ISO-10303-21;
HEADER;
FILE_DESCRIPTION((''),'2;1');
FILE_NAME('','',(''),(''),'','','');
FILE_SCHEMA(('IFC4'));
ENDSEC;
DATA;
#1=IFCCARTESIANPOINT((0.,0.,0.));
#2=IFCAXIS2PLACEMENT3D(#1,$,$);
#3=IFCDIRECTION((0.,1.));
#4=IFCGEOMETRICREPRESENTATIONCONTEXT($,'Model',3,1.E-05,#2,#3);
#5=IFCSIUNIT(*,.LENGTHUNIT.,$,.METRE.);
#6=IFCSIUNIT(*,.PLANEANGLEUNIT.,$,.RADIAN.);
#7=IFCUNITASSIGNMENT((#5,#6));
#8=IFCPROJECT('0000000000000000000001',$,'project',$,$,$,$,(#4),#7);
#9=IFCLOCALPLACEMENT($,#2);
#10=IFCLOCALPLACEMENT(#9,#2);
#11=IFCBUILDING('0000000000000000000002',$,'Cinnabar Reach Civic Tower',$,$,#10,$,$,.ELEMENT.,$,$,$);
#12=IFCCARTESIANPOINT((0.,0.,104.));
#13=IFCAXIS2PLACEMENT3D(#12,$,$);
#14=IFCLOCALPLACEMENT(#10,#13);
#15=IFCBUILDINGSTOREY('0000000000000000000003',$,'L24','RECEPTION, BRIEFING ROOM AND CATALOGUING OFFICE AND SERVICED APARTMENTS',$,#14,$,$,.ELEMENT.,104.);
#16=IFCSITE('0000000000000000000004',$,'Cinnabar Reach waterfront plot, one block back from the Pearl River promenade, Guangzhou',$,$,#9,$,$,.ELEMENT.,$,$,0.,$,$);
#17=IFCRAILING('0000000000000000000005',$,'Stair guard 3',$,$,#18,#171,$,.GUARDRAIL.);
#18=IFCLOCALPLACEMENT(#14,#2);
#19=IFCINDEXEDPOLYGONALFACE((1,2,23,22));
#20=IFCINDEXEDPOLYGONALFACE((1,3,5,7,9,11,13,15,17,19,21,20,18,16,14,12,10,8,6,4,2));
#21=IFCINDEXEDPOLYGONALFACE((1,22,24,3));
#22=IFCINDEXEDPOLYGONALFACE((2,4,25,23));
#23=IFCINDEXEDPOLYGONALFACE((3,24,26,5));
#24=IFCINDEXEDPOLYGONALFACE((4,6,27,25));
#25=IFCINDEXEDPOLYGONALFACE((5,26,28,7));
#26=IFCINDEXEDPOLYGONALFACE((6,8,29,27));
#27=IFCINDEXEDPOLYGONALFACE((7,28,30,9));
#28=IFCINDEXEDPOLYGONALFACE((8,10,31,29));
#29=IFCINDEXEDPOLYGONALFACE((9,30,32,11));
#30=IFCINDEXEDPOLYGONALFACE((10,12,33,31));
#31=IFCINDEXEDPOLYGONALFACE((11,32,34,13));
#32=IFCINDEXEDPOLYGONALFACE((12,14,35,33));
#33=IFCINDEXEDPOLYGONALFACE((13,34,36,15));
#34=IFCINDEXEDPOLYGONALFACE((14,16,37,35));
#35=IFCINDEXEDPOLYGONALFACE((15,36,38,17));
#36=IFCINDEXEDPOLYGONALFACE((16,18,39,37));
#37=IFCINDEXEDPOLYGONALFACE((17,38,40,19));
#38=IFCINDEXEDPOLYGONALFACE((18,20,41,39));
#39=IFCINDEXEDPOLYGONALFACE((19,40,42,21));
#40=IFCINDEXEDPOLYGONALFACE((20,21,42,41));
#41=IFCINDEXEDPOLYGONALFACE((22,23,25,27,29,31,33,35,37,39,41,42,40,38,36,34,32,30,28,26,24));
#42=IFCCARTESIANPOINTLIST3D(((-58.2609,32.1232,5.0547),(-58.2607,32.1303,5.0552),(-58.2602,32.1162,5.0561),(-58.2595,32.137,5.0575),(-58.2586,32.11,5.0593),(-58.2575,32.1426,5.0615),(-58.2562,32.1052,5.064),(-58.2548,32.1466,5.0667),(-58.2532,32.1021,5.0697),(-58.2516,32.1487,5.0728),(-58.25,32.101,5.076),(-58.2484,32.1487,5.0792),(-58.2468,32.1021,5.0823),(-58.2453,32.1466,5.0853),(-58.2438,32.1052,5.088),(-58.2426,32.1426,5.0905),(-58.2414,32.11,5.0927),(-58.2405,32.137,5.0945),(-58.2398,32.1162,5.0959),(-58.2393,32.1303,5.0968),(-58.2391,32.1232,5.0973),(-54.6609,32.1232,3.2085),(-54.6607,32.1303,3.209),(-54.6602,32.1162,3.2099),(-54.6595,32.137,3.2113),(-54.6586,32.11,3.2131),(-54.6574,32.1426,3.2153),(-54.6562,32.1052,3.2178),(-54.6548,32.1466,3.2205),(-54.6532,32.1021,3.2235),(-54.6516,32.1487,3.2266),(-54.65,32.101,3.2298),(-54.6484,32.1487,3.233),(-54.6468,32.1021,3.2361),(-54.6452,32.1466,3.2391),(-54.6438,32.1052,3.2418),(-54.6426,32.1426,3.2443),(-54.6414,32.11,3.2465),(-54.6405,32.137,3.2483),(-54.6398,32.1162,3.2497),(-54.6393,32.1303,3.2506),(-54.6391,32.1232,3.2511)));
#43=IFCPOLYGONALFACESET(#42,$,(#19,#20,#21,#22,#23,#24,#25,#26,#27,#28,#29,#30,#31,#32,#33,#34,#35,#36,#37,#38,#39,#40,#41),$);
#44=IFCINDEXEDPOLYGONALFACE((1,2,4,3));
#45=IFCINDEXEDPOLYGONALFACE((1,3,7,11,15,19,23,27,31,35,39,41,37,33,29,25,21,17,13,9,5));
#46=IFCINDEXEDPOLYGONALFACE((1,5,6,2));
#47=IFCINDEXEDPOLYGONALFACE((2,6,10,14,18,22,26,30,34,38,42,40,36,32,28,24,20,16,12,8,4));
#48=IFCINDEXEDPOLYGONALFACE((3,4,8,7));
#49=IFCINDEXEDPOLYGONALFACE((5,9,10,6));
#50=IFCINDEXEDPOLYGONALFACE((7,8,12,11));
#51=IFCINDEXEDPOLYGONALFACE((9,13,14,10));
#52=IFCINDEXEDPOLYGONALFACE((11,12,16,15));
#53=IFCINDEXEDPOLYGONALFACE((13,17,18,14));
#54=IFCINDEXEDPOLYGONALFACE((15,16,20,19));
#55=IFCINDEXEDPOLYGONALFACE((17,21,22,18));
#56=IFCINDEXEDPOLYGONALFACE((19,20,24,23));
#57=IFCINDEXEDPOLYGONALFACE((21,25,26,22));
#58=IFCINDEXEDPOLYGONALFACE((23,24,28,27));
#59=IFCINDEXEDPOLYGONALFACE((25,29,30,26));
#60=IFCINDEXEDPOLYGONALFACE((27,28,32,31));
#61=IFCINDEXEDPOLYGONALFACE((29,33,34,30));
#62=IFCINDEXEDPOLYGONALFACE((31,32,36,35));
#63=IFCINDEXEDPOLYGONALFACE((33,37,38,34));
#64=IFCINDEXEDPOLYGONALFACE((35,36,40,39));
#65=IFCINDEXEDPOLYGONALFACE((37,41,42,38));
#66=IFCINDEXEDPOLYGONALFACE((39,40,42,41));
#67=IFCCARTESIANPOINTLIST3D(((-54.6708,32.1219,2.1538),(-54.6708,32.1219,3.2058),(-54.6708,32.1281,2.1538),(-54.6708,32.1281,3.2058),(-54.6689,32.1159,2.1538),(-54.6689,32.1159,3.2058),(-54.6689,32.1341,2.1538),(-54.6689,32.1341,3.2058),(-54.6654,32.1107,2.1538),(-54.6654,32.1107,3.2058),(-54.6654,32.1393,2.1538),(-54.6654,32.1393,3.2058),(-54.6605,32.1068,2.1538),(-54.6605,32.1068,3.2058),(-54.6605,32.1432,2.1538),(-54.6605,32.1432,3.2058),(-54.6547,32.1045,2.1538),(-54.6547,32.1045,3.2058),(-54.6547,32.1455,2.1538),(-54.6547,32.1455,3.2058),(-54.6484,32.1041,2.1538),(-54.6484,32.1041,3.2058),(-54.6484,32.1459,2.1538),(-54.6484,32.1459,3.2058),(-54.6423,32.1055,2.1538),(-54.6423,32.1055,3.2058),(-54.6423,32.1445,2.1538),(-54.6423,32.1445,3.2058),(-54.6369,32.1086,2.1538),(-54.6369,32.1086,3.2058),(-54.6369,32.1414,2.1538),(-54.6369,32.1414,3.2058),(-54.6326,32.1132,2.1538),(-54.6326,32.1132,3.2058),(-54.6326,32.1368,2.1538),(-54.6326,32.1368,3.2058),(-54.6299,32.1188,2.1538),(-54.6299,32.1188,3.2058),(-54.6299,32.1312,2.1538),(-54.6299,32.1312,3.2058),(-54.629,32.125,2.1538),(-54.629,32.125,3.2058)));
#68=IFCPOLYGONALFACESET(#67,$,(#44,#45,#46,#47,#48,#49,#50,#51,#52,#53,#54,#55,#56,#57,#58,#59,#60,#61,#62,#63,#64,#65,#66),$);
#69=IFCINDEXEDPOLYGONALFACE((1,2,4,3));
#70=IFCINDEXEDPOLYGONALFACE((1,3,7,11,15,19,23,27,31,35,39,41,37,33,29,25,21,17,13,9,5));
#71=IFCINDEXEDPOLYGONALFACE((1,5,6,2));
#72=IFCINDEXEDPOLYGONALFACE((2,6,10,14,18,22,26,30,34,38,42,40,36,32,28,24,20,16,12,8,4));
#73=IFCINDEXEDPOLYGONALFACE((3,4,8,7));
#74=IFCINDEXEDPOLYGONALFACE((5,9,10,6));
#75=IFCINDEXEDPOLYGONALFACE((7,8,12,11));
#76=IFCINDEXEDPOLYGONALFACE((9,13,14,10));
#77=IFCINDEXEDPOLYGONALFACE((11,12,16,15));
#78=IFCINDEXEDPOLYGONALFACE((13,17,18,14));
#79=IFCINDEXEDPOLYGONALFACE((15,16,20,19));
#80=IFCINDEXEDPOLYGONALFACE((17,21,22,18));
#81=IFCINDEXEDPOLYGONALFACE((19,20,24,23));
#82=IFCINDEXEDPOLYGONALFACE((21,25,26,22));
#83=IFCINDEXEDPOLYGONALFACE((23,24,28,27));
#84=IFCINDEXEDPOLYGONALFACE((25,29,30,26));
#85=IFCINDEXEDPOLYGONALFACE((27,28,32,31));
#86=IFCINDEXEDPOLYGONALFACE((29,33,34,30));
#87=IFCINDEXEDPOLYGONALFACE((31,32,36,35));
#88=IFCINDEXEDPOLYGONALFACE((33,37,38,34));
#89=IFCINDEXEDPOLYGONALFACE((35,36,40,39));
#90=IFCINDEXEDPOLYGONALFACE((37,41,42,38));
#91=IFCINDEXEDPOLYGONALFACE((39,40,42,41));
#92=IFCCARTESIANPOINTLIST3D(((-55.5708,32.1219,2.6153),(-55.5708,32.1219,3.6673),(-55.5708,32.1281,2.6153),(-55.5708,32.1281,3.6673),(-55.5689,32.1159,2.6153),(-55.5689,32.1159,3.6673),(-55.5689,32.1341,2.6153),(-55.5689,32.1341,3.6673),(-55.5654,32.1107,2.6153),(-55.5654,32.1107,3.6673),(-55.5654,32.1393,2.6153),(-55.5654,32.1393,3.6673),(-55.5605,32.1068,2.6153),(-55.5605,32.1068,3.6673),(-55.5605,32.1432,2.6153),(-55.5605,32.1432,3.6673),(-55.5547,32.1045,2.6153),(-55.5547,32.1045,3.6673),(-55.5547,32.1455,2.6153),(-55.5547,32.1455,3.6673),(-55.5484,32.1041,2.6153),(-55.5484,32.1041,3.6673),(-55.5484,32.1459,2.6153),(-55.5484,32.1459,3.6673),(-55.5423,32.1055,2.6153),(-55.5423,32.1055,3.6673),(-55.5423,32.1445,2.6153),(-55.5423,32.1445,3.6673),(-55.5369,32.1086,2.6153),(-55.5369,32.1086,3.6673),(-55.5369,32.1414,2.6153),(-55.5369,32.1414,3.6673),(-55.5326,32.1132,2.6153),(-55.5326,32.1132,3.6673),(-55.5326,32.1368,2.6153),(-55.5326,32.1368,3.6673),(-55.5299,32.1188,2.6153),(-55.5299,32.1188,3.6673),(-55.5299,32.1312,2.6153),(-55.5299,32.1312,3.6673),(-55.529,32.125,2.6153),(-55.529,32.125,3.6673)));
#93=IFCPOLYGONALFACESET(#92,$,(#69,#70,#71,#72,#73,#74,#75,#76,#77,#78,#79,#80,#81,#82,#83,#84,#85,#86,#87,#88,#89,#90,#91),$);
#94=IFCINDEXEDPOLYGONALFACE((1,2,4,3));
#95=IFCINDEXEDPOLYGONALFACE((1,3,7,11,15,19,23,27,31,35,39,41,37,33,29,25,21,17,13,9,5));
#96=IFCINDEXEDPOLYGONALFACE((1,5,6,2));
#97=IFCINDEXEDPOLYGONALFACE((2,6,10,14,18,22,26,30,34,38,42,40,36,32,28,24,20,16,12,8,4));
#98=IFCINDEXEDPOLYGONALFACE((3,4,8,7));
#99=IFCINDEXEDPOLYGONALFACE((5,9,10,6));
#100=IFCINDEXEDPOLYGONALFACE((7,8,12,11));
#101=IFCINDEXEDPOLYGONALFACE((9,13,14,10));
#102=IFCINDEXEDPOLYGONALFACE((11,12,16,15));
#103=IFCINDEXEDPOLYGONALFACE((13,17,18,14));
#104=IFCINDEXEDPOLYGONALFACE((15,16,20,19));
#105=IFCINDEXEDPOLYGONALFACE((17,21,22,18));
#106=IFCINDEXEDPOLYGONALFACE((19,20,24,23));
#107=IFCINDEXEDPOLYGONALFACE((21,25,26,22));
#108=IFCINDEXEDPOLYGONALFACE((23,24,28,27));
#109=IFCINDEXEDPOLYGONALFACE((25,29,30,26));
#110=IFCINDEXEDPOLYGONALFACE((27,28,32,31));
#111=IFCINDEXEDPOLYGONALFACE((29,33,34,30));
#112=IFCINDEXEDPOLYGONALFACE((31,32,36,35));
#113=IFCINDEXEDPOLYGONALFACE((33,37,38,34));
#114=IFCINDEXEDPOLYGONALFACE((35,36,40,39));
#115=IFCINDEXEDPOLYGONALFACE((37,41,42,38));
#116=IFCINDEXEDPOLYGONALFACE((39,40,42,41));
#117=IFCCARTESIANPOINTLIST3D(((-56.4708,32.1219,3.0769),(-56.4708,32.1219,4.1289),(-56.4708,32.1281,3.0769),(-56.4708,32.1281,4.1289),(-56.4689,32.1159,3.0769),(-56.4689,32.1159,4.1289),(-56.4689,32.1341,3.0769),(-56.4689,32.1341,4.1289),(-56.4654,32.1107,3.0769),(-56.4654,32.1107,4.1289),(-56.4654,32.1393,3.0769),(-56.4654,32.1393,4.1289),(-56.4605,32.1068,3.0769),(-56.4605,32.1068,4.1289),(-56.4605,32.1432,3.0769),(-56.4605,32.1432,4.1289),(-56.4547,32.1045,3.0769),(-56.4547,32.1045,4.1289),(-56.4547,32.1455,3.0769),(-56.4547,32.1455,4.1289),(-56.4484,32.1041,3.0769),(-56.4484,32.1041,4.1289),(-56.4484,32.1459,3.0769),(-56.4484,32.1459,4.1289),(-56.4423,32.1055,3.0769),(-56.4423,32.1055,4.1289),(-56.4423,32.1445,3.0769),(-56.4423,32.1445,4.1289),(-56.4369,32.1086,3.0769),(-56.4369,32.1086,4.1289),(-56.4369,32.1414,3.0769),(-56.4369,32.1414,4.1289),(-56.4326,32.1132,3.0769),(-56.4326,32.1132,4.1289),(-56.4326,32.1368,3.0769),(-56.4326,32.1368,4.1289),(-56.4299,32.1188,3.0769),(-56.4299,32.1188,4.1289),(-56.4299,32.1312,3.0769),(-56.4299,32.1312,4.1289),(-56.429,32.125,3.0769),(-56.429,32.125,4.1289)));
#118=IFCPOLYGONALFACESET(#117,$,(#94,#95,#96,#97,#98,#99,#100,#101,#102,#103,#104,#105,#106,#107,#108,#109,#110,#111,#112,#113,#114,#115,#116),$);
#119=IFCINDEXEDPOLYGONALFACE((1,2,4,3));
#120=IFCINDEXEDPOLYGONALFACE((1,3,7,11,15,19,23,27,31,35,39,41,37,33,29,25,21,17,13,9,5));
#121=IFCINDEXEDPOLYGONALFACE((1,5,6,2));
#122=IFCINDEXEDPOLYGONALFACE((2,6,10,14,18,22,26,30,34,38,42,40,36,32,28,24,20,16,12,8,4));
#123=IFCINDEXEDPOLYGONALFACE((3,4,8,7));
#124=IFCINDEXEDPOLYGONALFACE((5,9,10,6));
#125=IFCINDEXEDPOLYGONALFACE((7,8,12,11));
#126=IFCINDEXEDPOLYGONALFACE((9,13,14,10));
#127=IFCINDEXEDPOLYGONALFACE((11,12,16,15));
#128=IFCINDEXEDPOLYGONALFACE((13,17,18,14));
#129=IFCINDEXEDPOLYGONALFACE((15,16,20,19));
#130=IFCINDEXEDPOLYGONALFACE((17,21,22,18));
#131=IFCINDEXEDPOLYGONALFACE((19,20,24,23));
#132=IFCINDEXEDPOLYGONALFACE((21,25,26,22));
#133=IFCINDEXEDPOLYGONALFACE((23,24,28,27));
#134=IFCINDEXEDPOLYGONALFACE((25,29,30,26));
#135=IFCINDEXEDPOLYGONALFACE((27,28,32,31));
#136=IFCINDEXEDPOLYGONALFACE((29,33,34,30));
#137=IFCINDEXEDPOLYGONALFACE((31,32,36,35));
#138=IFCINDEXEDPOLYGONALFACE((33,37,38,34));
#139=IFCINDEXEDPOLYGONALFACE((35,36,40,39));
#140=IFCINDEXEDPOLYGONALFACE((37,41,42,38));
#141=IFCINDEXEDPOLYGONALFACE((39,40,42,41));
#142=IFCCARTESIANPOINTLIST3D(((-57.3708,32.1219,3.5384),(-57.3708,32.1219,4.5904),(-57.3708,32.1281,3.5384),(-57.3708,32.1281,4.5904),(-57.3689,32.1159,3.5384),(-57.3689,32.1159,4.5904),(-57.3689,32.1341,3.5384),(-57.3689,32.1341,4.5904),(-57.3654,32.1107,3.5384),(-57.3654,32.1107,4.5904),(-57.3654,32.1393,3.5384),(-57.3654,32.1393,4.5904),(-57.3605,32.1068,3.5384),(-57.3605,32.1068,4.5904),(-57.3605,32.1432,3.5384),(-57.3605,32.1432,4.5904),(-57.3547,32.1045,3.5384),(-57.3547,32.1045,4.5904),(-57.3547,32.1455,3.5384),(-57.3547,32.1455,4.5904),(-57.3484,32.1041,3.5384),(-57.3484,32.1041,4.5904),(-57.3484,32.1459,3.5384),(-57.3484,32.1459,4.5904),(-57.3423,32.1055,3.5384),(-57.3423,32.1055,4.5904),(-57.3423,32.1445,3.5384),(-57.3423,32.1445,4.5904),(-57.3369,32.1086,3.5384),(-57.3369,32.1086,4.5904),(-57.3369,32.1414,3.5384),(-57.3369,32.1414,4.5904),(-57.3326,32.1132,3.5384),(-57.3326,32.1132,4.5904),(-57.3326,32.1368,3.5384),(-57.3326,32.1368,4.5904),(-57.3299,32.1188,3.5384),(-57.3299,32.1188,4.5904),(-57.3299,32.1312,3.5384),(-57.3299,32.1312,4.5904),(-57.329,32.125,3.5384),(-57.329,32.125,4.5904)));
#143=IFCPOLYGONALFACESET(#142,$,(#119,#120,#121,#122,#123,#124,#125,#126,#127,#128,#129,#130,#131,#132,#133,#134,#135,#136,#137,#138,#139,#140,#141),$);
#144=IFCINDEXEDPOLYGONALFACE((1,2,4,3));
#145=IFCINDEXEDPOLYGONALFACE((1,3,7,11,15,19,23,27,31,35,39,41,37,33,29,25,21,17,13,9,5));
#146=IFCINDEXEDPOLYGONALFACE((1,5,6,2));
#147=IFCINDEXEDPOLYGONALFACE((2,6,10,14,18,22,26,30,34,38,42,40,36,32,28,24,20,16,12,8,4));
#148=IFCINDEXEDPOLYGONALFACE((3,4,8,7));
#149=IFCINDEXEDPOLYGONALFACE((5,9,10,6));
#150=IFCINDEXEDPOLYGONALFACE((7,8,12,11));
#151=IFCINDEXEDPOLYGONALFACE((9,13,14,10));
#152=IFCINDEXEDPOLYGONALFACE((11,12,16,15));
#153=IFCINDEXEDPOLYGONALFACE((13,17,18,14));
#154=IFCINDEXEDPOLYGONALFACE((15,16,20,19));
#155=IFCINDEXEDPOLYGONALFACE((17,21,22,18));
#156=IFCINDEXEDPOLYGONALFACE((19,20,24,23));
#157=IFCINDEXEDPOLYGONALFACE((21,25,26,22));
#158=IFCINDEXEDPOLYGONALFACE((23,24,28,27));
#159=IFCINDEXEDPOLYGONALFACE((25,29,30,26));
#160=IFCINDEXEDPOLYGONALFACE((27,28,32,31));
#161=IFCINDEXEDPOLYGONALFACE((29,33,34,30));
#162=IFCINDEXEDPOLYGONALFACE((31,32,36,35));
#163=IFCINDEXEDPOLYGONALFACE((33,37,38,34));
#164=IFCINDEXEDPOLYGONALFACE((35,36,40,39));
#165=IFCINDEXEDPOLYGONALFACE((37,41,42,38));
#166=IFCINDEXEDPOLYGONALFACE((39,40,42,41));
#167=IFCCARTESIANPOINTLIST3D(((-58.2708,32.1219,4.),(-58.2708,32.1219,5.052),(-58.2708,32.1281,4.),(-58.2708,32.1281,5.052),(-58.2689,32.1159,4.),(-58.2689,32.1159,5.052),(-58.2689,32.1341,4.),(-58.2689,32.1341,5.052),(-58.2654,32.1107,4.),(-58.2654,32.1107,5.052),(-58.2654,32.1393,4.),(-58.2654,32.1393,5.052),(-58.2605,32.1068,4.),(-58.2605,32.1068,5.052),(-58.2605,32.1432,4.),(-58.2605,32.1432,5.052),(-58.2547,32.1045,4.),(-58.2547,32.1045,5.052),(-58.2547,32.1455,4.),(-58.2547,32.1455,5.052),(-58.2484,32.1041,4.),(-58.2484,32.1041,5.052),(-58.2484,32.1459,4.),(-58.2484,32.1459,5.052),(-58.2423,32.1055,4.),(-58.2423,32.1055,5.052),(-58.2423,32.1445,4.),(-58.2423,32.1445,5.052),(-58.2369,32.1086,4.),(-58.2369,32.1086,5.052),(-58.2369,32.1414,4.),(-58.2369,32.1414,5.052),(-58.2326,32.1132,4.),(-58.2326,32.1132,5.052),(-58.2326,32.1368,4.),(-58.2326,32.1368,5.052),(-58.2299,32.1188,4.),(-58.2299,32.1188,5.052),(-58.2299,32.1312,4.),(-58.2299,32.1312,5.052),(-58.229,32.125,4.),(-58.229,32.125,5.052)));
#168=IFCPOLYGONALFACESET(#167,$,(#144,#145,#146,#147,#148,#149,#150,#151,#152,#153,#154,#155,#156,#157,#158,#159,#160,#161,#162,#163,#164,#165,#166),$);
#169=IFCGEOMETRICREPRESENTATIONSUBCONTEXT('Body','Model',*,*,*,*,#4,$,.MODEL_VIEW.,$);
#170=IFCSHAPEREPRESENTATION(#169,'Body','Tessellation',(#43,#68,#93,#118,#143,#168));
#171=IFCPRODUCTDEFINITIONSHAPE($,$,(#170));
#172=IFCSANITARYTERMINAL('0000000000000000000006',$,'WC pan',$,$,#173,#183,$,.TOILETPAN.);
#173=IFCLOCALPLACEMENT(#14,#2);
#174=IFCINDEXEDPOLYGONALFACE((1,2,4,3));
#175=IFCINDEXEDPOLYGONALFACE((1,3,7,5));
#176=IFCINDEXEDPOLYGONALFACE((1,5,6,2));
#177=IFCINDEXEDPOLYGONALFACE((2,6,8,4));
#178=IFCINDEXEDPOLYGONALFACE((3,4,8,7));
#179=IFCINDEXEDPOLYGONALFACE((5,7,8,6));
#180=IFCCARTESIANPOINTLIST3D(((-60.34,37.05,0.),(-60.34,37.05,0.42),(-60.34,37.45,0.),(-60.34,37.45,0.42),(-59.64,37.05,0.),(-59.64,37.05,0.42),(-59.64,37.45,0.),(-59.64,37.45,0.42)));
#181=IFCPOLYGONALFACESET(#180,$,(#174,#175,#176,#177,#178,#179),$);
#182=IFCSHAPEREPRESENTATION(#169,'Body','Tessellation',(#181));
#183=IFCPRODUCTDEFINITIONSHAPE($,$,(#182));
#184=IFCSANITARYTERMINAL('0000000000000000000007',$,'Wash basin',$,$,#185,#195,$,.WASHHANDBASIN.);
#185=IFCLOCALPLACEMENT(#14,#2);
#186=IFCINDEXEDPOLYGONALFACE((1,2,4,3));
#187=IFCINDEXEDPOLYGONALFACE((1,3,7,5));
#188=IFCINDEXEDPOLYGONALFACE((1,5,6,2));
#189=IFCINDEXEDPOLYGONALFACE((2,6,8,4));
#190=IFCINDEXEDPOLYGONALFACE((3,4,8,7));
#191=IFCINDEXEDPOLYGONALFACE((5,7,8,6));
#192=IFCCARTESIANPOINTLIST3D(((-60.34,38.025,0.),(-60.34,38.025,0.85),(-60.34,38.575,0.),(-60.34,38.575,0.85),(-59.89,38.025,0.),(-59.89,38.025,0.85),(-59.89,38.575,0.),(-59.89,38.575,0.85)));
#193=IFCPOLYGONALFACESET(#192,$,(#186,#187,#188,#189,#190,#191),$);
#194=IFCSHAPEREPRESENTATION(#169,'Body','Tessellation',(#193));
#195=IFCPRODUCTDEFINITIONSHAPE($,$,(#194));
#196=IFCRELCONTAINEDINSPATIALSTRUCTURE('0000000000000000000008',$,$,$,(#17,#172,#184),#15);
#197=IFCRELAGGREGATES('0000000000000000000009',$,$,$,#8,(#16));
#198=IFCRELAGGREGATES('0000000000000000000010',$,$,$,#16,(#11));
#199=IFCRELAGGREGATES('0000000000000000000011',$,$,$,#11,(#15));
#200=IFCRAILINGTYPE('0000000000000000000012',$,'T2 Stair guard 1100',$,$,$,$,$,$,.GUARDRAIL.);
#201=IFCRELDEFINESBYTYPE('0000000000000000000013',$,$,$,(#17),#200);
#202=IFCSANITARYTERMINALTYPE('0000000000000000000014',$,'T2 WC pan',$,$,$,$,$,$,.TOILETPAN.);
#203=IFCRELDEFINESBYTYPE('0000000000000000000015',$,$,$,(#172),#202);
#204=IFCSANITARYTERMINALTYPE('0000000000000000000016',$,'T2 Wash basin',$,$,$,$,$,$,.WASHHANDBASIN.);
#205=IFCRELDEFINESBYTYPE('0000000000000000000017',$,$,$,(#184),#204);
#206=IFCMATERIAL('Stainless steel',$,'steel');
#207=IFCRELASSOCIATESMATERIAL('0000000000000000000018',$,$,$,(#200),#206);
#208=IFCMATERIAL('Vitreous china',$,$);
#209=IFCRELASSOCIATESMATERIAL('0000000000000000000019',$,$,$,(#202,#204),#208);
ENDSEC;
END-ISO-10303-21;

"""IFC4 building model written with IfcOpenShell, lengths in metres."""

from ifc_helpers import new_model, si_unit, direction, frame, origin, origin_2d, place, context, subcontext, project, spatial, rectangle, circle, extrude, material, type_object, element, save


model = new_model("IFC4")

# Units and contexts
model_context = context("Model", 3, precision=1e-05, world=origin(), true_north=direction((0.0, 1.0)))
body_context = subcontext(model_context, "Body", "Model", "MODEL_VIEW")
ifc_project = project(units=[si_unit("LENGTHUNIT", "METRE"), si_unit("PLANEANGLEUNIT", "RADIAN")], contexts=[model_context])

# Site, building, storey
site_placement = place(None, origin())
site = spatial("IfcSite", under=ifc_project, at=site_placement, Name="Cinnabar Reach waterfront plot, one block back from the Pearl River promenade, Guangzhou", CompositionType="ELEMENT", RefElevation=0.0)
building_placement = place(site_placement, origin())
building = spatial("IfcBuilding", under=site, at=building_placement, Name="Cinnabar Reach Civic Tower", CompositionType="ELEMENT")
storey_placement = place(building_placement, frame((0.0, 0.0, 104.0)))
storey = spatial("IfcBuildingStorey", under=building, at=storey_placement, Name="L24", Description="RECEPTION, BRIEFING ROOM AND CATALOGUING OFFICE AND SERVICED APARTMENTS", CompositionType="ELEMENT", Elevation=104.0)

# Railing
ifc_material_1 = material(Name="Stainless steel", Category="steel")
railing_type = type_object("IfcRailingType", Name="T2 Stair guard 1100", PredefinedType="GUARDRAIL", material=ifc_material_1)
railing_1_placement = place(storey_placement, frame((-54.65, 32.125, 2.1538)))
element("IfcRailing", 1, at=railing_1_placement, inside=storey, type_object=railing_type, Name="Stair guard 3", PredefinedType="GUARDRAIL", context=body_context, shape_type="SweptSolid", body=[
    extrude(circle(Radius=0.024, at=origin_2d()), frame((0.0, 0.0, 1.076), z_axis=(-0.889813, 0.0, 0.456326), x_axis=(0.0, -1.0, 0.0)), (0.0, 0.0, 1.0), 4.0458),
    extrude(circle(Radius=0.021, at=origin_2d()), origin(), (0.0, 0.0, 1.0), 1.052),
    extrude(circle(Radius=0.021, at=origin_2d()), frame((-0.9, 0.0, 0.4615)), (0.0, 0.0, 1.0), 1.052),
    extrude(circle(Radius=0.021, at=origin_2d()), frame((-1.8, 0.0, 0.9231)), (0.0, 0.0, 1.0), 1.052),
    extrude(circle(Radius=0.021, at=origin_2d()), frame((-2.7, 0.0, 1.3846)), (0.0, 0.0, 1.0), 1.052),
    extrude(circle(Radius=0.021, at=origin_2d()), frame((-3.6, 0.0, 1.8462)), (0.0, 0.0, 1.0), 1.052),
])

# Sanitary terminals
ifc_material_2 = material(Name="Vitreous china")
sanitary_terminal_type_1 = type_object("IfcSanitaryTerminalType", Name="T2 WC pan", PredefinedType="TOILETPAN", material=ifc_material_2)
sanitary_terminal_1_placement = place(storey_placement, frame((-59.99, 37.25, 0.0), z_axis=(0.0, 0.0, 1.0), x_axis=(1.0, 0.0, 0.0)))
element("IfcSanitaryTerminal", 2, at=sanitary_terminal_1_placement, inside=storey, type_object=sanitary_terminal_type_1, Name="WC pan", PredefinedType="TOILETPAN", context=body_context, shape_type="SweptSolid", body=[
    extrude(rectangle(XDim=0.7, YDim=0.4, at=origin_2d()), origin(), (0.0, 0.0, 1.0), 0.42),
])
sanitary_terminal_type_2 = type_object("IfcSanitaryTerminalType", Name="T2 Wash basin", PredefinedType="WASHHANDBASIN", material=ifc_material_2)
sanitary_terminal_2_placement = place(storey_placement, frame((-60.115, 38.3, 0.0), z_axis=(0.0, 0.0, 1.0), x_axis=(1.0, 0.0, 0.0)))
element("IfcSanitaryTerminal", 3, at=sanitary_terminal_2_placement, inside=storey, type_object=sanitary_terminal_type_2, Name="Wash basin", PredefinedType="WASHHANDBASIN", context=body_context, shape_type="SweptSolid", body=[
    extrude(rectangle(XDim=0.45, YDim=0.55, at=origin_2d()), origin(), (0.0, 0.0, 1.0), 0.85),
])

save(model, "model.ifc")
